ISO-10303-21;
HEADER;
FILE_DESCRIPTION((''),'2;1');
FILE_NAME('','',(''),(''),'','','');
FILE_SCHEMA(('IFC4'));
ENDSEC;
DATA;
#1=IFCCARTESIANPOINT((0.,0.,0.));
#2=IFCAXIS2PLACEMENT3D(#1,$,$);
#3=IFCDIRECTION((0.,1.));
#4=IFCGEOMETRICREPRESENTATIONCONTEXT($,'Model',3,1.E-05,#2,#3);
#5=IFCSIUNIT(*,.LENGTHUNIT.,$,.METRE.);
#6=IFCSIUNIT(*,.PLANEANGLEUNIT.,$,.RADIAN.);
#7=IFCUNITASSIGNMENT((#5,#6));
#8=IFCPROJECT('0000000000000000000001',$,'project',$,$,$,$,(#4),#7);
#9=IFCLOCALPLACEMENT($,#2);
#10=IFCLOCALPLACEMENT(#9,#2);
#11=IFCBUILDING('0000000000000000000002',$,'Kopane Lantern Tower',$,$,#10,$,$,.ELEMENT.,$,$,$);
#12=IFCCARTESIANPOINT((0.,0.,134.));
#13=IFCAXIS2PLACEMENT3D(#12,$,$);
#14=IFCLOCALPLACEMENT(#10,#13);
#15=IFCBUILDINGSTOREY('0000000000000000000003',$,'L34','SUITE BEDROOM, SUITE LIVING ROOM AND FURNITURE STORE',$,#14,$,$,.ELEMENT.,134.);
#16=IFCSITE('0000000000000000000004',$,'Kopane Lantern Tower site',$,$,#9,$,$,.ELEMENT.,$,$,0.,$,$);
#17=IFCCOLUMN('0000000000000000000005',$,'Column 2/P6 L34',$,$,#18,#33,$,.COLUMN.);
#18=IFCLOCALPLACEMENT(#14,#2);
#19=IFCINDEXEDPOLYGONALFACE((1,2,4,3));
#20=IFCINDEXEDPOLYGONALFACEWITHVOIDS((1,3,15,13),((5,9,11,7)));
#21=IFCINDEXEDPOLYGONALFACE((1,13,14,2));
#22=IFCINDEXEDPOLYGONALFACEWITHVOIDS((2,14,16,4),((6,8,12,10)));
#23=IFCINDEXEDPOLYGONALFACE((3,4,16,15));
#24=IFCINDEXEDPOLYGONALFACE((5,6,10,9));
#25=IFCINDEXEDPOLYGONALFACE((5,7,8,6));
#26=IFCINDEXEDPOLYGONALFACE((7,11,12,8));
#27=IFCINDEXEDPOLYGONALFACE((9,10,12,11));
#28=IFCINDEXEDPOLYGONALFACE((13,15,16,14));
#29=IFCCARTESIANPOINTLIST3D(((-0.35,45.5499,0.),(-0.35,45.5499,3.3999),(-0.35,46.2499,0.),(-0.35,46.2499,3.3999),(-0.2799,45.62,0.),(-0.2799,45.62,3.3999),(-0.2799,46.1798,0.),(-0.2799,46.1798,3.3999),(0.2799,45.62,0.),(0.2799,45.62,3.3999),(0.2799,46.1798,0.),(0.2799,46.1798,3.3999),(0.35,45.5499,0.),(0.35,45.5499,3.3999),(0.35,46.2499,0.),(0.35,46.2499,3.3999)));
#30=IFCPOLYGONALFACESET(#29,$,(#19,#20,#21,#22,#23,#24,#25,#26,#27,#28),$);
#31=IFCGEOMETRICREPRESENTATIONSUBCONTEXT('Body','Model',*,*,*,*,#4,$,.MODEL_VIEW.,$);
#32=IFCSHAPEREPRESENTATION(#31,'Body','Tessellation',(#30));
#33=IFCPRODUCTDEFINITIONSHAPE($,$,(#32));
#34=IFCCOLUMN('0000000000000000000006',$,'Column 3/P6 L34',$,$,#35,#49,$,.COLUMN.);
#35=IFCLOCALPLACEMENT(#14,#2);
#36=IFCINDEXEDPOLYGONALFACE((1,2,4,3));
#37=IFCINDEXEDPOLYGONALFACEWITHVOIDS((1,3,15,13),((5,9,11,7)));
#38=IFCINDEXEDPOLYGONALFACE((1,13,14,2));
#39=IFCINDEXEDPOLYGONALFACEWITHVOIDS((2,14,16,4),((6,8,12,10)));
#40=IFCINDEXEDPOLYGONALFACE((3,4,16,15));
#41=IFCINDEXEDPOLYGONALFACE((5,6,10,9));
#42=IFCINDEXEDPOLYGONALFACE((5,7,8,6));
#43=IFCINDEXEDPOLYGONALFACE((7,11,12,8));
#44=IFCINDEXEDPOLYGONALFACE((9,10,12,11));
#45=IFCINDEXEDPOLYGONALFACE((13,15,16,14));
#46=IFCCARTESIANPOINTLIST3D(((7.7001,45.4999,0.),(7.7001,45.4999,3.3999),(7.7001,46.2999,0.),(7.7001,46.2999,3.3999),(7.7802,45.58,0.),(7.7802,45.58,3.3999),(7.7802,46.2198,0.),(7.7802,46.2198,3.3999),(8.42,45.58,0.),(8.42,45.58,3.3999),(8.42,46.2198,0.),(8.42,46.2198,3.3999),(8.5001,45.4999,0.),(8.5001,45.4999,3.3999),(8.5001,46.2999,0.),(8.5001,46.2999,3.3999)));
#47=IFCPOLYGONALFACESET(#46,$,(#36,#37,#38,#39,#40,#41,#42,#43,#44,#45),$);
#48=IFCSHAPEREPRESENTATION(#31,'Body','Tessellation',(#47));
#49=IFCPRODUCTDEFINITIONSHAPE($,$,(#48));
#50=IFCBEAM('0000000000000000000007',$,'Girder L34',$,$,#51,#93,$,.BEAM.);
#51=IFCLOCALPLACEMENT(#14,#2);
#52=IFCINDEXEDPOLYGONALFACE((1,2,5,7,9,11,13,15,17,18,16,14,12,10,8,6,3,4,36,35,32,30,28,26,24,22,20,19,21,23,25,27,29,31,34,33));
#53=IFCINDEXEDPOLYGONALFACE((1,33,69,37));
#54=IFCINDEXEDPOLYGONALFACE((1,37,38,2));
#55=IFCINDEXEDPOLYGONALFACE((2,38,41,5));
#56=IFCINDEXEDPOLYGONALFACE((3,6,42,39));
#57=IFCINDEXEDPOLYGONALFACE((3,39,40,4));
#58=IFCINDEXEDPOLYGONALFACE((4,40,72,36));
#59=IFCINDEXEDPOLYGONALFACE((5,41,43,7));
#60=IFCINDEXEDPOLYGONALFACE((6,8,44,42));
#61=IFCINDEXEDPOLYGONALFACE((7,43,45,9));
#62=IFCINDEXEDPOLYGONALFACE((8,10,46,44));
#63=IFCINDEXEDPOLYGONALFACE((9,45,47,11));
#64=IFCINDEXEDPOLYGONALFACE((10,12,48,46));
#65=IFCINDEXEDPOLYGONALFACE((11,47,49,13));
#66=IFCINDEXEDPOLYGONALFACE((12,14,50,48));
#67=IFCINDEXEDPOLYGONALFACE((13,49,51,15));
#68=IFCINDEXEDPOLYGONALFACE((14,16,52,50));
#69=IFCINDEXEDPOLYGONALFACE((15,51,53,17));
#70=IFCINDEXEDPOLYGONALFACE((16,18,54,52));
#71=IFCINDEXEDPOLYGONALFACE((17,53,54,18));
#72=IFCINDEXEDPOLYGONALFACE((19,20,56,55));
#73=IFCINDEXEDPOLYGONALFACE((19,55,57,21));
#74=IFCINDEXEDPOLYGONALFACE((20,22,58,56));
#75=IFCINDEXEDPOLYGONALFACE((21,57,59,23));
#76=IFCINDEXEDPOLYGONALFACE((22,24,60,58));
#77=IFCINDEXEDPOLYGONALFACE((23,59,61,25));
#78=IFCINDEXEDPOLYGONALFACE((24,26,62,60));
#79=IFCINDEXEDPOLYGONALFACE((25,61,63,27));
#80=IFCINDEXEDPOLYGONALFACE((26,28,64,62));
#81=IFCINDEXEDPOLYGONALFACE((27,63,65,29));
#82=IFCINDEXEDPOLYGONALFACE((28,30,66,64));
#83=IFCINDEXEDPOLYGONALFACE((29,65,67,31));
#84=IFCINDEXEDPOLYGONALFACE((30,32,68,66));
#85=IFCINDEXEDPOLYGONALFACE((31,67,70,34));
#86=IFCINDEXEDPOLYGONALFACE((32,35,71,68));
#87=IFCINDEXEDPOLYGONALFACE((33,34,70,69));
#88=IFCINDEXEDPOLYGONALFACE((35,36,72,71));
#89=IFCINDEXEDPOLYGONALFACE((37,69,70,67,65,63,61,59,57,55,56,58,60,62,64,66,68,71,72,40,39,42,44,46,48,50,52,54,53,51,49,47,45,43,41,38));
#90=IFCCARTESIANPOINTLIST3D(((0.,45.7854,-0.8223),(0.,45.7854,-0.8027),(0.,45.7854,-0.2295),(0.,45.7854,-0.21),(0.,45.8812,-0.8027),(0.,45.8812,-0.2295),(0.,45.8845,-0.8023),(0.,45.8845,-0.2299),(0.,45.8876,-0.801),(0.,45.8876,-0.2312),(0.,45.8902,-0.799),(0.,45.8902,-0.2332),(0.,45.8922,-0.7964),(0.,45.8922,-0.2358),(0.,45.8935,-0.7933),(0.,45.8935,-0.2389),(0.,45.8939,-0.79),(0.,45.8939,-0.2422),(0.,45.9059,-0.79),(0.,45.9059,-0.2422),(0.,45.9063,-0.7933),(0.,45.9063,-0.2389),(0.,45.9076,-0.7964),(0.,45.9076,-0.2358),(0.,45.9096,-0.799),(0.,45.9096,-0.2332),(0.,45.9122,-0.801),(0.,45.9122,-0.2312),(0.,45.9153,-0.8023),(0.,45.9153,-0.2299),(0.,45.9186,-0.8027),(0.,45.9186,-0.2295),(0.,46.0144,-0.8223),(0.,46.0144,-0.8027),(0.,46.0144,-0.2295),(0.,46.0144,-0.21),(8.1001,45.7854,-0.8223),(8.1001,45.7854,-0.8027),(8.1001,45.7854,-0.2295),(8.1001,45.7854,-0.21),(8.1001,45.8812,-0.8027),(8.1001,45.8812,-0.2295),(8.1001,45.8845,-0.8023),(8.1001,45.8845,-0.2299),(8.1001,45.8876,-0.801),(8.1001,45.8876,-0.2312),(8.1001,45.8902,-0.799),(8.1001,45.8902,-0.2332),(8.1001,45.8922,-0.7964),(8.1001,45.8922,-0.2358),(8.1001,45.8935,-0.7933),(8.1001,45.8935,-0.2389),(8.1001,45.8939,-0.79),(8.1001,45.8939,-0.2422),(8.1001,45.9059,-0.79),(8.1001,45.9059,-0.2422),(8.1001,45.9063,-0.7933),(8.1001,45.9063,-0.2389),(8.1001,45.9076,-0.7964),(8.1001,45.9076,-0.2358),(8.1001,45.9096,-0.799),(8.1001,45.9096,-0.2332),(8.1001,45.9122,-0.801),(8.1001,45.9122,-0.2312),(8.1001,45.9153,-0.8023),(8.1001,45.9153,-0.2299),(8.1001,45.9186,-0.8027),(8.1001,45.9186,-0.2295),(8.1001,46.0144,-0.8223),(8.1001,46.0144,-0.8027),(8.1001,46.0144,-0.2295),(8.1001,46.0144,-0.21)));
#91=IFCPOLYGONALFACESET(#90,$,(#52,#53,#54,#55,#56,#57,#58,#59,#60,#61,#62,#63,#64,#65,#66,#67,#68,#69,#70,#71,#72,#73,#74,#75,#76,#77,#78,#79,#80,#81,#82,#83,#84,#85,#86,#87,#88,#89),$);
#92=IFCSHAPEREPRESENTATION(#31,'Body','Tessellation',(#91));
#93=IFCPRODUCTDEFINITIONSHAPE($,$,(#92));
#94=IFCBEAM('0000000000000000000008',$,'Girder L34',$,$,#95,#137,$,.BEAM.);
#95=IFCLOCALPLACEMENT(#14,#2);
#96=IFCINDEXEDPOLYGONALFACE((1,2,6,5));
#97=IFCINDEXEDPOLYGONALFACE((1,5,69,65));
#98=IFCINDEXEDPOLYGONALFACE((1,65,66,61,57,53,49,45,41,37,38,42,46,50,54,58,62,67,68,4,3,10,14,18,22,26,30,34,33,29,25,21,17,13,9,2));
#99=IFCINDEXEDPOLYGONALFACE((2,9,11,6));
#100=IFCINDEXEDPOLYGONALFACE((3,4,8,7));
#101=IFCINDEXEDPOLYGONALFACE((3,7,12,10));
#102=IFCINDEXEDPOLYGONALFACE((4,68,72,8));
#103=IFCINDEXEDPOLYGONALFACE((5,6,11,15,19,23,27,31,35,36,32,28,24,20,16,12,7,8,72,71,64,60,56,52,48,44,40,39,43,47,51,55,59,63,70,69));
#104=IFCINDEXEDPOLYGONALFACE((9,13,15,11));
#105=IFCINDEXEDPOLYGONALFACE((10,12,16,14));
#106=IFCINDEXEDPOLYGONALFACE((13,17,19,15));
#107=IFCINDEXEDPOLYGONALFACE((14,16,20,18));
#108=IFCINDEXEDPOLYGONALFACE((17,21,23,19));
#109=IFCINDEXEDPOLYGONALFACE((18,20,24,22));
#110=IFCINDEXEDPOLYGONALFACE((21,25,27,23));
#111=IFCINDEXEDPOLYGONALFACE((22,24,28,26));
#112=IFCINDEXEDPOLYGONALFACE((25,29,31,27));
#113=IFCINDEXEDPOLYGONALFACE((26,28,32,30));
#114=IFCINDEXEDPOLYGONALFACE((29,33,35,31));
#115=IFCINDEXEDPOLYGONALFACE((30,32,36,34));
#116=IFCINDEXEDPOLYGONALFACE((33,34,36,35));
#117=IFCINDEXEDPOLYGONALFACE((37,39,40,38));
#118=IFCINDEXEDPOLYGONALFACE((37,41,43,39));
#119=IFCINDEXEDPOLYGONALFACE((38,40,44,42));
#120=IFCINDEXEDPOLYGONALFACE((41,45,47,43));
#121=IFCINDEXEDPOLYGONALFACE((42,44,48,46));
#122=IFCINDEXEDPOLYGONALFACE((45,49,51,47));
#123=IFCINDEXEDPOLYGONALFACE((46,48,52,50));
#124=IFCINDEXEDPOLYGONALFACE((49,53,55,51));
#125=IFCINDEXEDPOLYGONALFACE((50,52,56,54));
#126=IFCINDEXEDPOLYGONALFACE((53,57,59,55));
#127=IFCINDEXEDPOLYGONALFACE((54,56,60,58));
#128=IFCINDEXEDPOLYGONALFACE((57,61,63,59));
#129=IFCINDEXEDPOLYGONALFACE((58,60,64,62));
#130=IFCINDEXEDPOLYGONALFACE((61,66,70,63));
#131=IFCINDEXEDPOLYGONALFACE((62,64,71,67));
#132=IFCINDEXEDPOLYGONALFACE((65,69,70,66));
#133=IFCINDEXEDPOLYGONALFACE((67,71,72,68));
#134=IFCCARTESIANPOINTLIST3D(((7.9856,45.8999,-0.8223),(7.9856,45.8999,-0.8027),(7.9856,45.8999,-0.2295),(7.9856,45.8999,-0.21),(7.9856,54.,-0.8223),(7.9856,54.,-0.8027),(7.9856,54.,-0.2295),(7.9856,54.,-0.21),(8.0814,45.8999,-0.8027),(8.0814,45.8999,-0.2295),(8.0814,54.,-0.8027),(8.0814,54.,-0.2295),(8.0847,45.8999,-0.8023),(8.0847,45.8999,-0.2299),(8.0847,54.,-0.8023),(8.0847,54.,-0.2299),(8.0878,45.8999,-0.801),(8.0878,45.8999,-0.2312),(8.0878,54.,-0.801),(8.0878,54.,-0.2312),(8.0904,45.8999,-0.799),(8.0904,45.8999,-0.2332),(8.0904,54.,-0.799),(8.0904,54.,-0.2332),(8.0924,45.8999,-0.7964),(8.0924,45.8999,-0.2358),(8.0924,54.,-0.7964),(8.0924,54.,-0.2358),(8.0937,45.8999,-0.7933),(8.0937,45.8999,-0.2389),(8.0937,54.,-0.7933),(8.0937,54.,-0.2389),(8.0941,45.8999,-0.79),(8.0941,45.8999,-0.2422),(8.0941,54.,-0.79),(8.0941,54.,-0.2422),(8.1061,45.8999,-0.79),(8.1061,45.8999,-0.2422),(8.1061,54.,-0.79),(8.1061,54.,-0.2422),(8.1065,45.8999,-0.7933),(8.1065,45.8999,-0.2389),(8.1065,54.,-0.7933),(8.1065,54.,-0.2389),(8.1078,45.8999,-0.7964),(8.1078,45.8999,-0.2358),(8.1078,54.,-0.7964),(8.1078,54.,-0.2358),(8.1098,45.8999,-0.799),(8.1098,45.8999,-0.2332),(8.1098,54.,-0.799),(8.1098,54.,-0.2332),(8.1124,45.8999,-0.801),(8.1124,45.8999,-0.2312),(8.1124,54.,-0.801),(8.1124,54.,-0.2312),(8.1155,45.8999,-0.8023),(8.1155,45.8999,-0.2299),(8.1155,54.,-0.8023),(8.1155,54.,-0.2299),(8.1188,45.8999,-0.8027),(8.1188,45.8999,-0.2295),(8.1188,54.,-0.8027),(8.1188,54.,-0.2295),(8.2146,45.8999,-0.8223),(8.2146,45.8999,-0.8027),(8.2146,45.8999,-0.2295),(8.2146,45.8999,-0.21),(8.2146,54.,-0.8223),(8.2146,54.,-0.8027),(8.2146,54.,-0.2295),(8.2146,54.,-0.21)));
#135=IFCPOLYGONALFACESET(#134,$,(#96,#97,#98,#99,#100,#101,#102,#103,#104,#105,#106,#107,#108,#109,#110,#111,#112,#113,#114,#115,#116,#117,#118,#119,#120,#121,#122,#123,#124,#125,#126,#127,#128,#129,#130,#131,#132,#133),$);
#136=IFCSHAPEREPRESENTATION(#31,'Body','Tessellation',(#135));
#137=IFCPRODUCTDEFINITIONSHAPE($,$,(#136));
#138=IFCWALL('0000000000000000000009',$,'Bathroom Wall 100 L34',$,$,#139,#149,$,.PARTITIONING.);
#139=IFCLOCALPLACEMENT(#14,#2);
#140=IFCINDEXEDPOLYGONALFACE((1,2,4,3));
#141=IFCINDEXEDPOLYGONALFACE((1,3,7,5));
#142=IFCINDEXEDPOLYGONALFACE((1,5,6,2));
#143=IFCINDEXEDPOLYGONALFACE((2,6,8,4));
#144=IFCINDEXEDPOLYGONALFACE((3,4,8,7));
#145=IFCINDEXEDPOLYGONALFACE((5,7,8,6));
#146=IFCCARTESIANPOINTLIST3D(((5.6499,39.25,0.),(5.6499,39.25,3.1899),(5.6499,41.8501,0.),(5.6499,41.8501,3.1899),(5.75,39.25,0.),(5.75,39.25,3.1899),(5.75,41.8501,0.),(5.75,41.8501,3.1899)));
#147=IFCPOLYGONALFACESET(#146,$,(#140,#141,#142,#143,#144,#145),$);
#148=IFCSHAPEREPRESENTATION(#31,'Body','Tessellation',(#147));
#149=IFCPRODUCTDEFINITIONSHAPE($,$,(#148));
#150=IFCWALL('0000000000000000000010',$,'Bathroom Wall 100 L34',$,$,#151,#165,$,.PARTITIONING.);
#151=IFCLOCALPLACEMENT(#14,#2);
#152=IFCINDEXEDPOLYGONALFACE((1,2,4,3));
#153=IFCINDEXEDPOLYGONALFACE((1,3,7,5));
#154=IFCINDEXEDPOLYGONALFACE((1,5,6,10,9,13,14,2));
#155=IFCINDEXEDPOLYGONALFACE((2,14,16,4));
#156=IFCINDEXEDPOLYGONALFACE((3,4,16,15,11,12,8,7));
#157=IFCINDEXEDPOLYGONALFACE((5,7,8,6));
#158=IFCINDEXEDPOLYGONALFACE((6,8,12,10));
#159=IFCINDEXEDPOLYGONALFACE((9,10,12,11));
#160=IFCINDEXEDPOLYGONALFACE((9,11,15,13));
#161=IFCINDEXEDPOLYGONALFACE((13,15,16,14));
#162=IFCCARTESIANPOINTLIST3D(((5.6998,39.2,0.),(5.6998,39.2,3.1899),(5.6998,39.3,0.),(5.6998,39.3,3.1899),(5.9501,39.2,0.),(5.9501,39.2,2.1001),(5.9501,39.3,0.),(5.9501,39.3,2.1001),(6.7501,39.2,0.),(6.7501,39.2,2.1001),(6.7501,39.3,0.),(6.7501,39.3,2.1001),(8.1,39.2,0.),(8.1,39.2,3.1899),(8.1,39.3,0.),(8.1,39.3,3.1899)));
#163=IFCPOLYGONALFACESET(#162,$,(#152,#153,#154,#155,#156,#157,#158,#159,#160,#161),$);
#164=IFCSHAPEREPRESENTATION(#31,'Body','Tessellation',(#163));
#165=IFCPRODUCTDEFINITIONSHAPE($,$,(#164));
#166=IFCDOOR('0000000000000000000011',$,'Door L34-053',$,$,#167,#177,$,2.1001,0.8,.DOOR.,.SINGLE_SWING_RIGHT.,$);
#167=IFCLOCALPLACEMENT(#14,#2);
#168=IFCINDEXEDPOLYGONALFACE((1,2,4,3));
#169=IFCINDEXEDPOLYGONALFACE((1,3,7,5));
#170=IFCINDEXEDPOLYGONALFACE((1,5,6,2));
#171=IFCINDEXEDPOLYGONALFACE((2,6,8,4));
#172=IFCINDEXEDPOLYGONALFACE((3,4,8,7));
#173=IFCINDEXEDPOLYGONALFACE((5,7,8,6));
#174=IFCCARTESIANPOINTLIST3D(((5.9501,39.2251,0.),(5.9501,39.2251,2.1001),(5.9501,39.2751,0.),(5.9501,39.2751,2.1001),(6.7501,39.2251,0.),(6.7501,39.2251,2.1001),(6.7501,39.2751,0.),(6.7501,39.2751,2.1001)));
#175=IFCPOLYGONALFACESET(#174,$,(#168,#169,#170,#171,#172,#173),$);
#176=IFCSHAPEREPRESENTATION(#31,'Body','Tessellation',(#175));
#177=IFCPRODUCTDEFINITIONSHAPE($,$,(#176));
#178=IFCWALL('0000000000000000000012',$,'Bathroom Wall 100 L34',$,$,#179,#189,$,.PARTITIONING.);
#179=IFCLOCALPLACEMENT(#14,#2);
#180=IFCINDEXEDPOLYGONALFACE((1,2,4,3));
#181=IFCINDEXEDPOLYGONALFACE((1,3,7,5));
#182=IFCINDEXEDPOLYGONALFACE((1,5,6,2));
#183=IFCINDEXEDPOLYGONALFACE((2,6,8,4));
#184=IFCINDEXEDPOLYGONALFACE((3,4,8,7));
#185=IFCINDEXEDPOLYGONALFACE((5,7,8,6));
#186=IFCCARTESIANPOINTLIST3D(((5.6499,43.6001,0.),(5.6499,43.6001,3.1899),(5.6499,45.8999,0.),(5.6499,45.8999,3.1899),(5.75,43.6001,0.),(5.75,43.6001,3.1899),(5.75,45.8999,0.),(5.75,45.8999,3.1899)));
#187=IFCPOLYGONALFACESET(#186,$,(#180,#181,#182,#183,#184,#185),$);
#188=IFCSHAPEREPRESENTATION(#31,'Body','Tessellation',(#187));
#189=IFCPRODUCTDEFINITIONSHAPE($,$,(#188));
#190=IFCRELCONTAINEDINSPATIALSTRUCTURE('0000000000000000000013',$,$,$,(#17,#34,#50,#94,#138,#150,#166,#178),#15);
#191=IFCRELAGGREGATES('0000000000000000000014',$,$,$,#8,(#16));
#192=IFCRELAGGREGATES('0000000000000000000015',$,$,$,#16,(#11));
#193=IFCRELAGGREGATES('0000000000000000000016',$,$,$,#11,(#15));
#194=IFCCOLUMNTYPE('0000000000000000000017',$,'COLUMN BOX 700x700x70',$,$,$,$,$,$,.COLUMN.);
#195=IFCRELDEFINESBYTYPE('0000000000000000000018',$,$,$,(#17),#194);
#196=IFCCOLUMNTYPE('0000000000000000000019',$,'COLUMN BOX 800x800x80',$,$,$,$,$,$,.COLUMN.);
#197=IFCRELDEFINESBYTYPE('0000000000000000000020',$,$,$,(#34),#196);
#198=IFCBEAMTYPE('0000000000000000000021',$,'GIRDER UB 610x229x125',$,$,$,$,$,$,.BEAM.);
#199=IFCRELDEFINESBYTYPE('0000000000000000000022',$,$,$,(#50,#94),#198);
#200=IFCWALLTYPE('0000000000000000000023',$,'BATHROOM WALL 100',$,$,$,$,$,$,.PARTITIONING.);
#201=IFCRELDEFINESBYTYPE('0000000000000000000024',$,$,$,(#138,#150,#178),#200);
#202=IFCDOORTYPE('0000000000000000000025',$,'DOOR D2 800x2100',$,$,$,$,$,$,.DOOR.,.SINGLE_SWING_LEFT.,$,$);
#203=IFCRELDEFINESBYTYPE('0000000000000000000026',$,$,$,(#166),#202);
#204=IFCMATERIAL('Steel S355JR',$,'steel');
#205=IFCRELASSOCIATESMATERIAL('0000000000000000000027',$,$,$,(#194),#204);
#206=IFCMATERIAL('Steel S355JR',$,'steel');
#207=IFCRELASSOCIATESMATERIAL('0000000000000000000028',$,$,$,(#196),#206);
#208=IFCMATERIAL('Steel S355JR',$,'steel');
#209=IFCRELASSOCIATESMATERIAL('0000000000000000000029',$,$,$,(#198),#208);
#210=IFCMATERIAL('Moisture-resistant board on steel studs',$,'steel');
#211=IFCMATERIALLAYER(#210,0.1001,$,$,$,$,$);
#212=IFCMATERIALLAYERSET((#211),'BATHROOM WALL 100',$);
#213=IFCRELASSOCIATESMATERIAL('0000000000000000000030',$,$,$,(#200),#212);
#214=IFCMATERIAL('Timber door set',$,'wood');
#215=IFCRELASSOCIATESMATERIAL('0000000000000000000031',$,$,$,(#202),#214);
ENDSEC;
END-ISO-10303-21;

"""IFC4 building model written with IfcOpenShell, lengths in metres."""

from ifc_helpers import new_model, si_unit, direction, frame, frame_2d, origin, origin_2d, place, context, subcontext, project, spatial, rectangle, hollow_rectangle, i_section, extrude, material, layer, layer_set, material_profile, profile_set, type_object, element, fill, save


model = new_model("IFC4")

# Units and contexts
model_context = context("Model", 3, precision=1e-05, world=origin(), true_north=direction((0.0, 1.0)))
body_context = subcontext(model_context, "Body", "Model", "MODEL_VIEW")
ifc_project = project(units=[si_unit("LENGTHUNIT", "METRE"), si_unit("PLANEANGLEUNIT", "RADIAN")], contexts=[model_context])

# Site, building, storey
site_placement = place(None, origin())
site = spatial("IfcSite", under=ifc_project, at=site_placement, Name="Kopane Lantern Tower site", CompositionType="ELEMENT", RefElevation=0.0)
building_placement = place(site_placement, origin())
building = spatial("IfcBuilding", under=site, at=building_placement, Name="Kopane Lantern Tower", CompositionType="ELEMENT")
storey_placement = place(building_placement, frame((0.0, 0.0, 134.0)))
storey = spatial("IfcBuildingStorey", under=building, at=storey_placement, Name="L34", Description="SUITE BEDROOM, SUITE LIVING ROOM AND FURNITURE STORE", CompositionType="ELEMENT", Elevation=134.0)

# Columns
ifc_material_1 = material(Name="Steel S355JR", Category="steel")
ifc_material_profile_1 = material_profile(ifc_material_1, hollow_rectangle(XDim=0.7, YDim=0.7, WallThickness=0.0701, at=origin_2d()), Name="BOX 700x700x70")
ifc_profile_set_1 = profile_set([ifc_material_profile_1], Name="Steel S355JR")
column_type_1 = type_object("IfcColumnType", Name="COLUMN BOX 700x700x70", PredefinedType="COLUMN", material=ifc_profile_set_1)
column_1_placement = place(storey_placement, frame((0.0, 45.8999, 0.0), z_axis=(0.0, 0.0, 1.0), x_axis=(1.0, 0.0, 0.0)))
element("IfcColumn", 1, at=column_1_placement, inside=storey, type_object=column_type_1, Name="Column 2/P6 L34", PredefinedType="COLUMN", context=body_context, shape_type="SweptSolid", body=[
    extrude(hollow_rectangle(XDim=0.7, YDim=0.7, WallThickness=0.0701, at=origin_2d()), origin(), (0.0, 0.0, 1.0), 3.3999),
])
ifc_material_2 = material(Name="Steel S355JR", Category="steel")
ifc_material_profile_2 = material_profile(ifc_material_2, hollow_rectangle(XDim=0.8, YDim=0.8, WallThickness=0.0801, at=origin_2d()), Name="BOX 800x800x80")
ifc_profile_set_2 = profile_set([ifc_material_profile_2], Name="Steel S355JR")
column_type_2 = type_object("IfcColumnType", Name="COLUMN BOX 800x800x80", PredefinedType="COLUMN", material=ifc_profile_set_2)
column_2_placement = place(storey_placement, frame((8.1001, 45.8999, 0.0), z_axis=(0.0, 0.0, 1.0), x_axis=(1.0, 0.0, 0.0)))
element("IfcColumn", 2, at=column_2_placement, inside=storey, type_object=column_type_2, Name="Column 3/P6 L34", PredefinedType="COLUMN", context=body_context, shape_type="SweptSolid", body=[
    extrude(hollow_rectangle(XDim=0.8, YDim=0.8, WallThickness=0.0801, at=origin_2d()), origin(), (0.0, 0.0, 1.0), 3.3999),
])

# Beams
ifc_material_3 = material(Name="Steel S355JR", Category="steel")
ifc_material_profile_3 = material_profile(ifc_material_3, i_section(OverallWidth=0.229, OverallDepth=0.6123, WebThickness=0.012, FlangeThickness=0.0195, FilletRadius=0.0127, at=origin_2d()), Name="UB 610x229x125")
ifc_profile_set_3 = profile_set([ifc_material_profile_3], Name="Steel S355JR")
beam_type = type_object("IfcBeamType", Name="GIRDER UB 610x229x125", PredefinedType="BEAM", material=ifc_profile_set_3)
for number, where, z_axis, x_axis, name in (
    (3, (0.0, 45.8999, -0.5161), (1.0, 0.0, 0.0), (0.0, 1.0, 0.0), "Girder L34"),
    (4, (8.1001, 45.8999, -0.5161), (0.0, 1.0, 0.0), (-1.0, 0.0, 0.0), "Girder L34"),
):
    element("IfcBeam", number, at=place(storey_placement, frame(where, z_axis=z_axis, x_axis=x_axis)), inside=storey, type_object=beam_type, Name=name, PredefinedType="BEAM", context=body_context, shape_type="SweptSolid", body=[
        extrude(i_section(OverallWidth=0.229, OverallDepth=0.6123, WebThickness=0.012, FlangeThickness=0.0195, FilletRadius=0.0127, at=origin_2d()), origin(), (0.0, 0.0, 1.0), 8.1001),
    ])

# Wall
ifc_material_4 = material(Name="Moisture-resistant board on steel studs", Category="steel")
ifc_layer_1 = layer(ifc_material_4, 0.1001)
ifc_layer_set_1 = layer_set([ifc_layer_1], Name="BATHROOM WALL 100")
wall_type_1 = type_object("IfcWallType", Name="BATHROOM WALL 100", PredefinedType="PARTITIONING", material=ifc_layer_set_1)
wall_1_placement = place(storey_placement, frame((5.7, 39.25, 0.0), z_axis=(0.0, 0.0, 1.0), x_axis=(0.0, 1.0, 0.0)))
element("IfcWall", 5, at=wall_1_placement, inside=storey, type_object=wall_type_1, Name="Bathroom Wall 100 L34", PredefinedType="PARTITIONING", context=body_context, shape_type="SweptSolid", body=[
    extrude(rectangle(XDim=2.6001, YDim=0.1001, at=frame_2d((1.3, 0.0))), origin(), (0.0, 0.0, 1.0), 3.1899),
])

# Wall, opening, door
wall_2_placement = place(storey_placement, frame((8.1001, 39.25, 0.0), z_axis=(0.0, 0.0, 1.0), x_axis=(-1.0, 0.0, 0.0)))
wall_2 = element("IfcWall", 6, at=wall_2_placement, inside=storey, type_object=wall_type_1, Name="Bathroom Wall 100 L34", PredefinedType="PARTITIONING", context=body_context, shape_type="SweptSolid", body=[
    extrude(rectangle(XDim=2.4001, YDim=0.1001, at=frame_2d((1.2002, 0.0))), origin(), (0.0, 0.0, 1.0), 3.1899),
])
opening_1_placement = place(wall_2_placement, frame((1.3501, 0.0, 0.0)))
opening_1 = element("IfcOpeningElement", 7, at=opening_1_placement, cuts=wall_2, PredefinedType="OPENING", context=body_context, shape_type="SweptSolid", body=[
    extrude(rectangle(XDim=0.8, YDim=2.1001, at=frame_2d((0.3999, 1.05))), frame((0.0, 0.0601, 0.0), z_axis=(0.0, -1.0, 0.0), x_axis=(1.0, 0.0, 0.0)), (0.0, 0.0, 1.0), 0.1201),
])
ifc_material_5 = material(Name="Timber door set", Category="wood")
door_type = type_object("IfcDoorType", Name="DOOR D2 800x2100", OperationType="SINGLE_SWING_LEFT", PredefinedType="DOOR", material=ifc_material_5)
door_1_placement = place(opening_1_placement, origin())
door_1 = element("IfcDoor", 8, at=door_1_placement, inside=storey, type_object=door_type, Name="Door L34-053", OperationType="SINGLE_SWING_RIGHT", OverallHeight=2.1001, OverallWidth=0.8, PredefinedType="DOOR", context=body_context, shape_type="SweptSolid", body=[
    extrude(rectangle(XDim=0.8, YDim=2.1001, at=frame_2d((0.3999, 1.05))), frame((0.0, 0.0249, 0.0), z_axis=(0.0, -1.0, 0.0), x_axis=(1.0, 0.0, 0.0)), (0.0, 0.0, 1.0), 0.05),
])
fill(opening_1, door_1)

# Wall
wall_3_placement = place(storey_placement, frame((5.7, 43.6001, 0.0), z_axis=(0.0, 0.0, 1.0), x_axis=(0.0, 1.0, 0.0)))
element("IfcWall", 9, at=wall_3_placement, inside=storey, type_object=wall_type_1, Name="Bathroom Wall 100 L34", PredefinedType="PARTITIONING", context=body_context, shape_type="SweptSolid", body=[
    extrude(rectangle(XDim=2.2998, YDim=0.1001, at=frame_2d((1.1499, 0.0))), origin(), (0.0, 0.0, 1.0), 3.1899),
])

save(model, "model.ifc")
